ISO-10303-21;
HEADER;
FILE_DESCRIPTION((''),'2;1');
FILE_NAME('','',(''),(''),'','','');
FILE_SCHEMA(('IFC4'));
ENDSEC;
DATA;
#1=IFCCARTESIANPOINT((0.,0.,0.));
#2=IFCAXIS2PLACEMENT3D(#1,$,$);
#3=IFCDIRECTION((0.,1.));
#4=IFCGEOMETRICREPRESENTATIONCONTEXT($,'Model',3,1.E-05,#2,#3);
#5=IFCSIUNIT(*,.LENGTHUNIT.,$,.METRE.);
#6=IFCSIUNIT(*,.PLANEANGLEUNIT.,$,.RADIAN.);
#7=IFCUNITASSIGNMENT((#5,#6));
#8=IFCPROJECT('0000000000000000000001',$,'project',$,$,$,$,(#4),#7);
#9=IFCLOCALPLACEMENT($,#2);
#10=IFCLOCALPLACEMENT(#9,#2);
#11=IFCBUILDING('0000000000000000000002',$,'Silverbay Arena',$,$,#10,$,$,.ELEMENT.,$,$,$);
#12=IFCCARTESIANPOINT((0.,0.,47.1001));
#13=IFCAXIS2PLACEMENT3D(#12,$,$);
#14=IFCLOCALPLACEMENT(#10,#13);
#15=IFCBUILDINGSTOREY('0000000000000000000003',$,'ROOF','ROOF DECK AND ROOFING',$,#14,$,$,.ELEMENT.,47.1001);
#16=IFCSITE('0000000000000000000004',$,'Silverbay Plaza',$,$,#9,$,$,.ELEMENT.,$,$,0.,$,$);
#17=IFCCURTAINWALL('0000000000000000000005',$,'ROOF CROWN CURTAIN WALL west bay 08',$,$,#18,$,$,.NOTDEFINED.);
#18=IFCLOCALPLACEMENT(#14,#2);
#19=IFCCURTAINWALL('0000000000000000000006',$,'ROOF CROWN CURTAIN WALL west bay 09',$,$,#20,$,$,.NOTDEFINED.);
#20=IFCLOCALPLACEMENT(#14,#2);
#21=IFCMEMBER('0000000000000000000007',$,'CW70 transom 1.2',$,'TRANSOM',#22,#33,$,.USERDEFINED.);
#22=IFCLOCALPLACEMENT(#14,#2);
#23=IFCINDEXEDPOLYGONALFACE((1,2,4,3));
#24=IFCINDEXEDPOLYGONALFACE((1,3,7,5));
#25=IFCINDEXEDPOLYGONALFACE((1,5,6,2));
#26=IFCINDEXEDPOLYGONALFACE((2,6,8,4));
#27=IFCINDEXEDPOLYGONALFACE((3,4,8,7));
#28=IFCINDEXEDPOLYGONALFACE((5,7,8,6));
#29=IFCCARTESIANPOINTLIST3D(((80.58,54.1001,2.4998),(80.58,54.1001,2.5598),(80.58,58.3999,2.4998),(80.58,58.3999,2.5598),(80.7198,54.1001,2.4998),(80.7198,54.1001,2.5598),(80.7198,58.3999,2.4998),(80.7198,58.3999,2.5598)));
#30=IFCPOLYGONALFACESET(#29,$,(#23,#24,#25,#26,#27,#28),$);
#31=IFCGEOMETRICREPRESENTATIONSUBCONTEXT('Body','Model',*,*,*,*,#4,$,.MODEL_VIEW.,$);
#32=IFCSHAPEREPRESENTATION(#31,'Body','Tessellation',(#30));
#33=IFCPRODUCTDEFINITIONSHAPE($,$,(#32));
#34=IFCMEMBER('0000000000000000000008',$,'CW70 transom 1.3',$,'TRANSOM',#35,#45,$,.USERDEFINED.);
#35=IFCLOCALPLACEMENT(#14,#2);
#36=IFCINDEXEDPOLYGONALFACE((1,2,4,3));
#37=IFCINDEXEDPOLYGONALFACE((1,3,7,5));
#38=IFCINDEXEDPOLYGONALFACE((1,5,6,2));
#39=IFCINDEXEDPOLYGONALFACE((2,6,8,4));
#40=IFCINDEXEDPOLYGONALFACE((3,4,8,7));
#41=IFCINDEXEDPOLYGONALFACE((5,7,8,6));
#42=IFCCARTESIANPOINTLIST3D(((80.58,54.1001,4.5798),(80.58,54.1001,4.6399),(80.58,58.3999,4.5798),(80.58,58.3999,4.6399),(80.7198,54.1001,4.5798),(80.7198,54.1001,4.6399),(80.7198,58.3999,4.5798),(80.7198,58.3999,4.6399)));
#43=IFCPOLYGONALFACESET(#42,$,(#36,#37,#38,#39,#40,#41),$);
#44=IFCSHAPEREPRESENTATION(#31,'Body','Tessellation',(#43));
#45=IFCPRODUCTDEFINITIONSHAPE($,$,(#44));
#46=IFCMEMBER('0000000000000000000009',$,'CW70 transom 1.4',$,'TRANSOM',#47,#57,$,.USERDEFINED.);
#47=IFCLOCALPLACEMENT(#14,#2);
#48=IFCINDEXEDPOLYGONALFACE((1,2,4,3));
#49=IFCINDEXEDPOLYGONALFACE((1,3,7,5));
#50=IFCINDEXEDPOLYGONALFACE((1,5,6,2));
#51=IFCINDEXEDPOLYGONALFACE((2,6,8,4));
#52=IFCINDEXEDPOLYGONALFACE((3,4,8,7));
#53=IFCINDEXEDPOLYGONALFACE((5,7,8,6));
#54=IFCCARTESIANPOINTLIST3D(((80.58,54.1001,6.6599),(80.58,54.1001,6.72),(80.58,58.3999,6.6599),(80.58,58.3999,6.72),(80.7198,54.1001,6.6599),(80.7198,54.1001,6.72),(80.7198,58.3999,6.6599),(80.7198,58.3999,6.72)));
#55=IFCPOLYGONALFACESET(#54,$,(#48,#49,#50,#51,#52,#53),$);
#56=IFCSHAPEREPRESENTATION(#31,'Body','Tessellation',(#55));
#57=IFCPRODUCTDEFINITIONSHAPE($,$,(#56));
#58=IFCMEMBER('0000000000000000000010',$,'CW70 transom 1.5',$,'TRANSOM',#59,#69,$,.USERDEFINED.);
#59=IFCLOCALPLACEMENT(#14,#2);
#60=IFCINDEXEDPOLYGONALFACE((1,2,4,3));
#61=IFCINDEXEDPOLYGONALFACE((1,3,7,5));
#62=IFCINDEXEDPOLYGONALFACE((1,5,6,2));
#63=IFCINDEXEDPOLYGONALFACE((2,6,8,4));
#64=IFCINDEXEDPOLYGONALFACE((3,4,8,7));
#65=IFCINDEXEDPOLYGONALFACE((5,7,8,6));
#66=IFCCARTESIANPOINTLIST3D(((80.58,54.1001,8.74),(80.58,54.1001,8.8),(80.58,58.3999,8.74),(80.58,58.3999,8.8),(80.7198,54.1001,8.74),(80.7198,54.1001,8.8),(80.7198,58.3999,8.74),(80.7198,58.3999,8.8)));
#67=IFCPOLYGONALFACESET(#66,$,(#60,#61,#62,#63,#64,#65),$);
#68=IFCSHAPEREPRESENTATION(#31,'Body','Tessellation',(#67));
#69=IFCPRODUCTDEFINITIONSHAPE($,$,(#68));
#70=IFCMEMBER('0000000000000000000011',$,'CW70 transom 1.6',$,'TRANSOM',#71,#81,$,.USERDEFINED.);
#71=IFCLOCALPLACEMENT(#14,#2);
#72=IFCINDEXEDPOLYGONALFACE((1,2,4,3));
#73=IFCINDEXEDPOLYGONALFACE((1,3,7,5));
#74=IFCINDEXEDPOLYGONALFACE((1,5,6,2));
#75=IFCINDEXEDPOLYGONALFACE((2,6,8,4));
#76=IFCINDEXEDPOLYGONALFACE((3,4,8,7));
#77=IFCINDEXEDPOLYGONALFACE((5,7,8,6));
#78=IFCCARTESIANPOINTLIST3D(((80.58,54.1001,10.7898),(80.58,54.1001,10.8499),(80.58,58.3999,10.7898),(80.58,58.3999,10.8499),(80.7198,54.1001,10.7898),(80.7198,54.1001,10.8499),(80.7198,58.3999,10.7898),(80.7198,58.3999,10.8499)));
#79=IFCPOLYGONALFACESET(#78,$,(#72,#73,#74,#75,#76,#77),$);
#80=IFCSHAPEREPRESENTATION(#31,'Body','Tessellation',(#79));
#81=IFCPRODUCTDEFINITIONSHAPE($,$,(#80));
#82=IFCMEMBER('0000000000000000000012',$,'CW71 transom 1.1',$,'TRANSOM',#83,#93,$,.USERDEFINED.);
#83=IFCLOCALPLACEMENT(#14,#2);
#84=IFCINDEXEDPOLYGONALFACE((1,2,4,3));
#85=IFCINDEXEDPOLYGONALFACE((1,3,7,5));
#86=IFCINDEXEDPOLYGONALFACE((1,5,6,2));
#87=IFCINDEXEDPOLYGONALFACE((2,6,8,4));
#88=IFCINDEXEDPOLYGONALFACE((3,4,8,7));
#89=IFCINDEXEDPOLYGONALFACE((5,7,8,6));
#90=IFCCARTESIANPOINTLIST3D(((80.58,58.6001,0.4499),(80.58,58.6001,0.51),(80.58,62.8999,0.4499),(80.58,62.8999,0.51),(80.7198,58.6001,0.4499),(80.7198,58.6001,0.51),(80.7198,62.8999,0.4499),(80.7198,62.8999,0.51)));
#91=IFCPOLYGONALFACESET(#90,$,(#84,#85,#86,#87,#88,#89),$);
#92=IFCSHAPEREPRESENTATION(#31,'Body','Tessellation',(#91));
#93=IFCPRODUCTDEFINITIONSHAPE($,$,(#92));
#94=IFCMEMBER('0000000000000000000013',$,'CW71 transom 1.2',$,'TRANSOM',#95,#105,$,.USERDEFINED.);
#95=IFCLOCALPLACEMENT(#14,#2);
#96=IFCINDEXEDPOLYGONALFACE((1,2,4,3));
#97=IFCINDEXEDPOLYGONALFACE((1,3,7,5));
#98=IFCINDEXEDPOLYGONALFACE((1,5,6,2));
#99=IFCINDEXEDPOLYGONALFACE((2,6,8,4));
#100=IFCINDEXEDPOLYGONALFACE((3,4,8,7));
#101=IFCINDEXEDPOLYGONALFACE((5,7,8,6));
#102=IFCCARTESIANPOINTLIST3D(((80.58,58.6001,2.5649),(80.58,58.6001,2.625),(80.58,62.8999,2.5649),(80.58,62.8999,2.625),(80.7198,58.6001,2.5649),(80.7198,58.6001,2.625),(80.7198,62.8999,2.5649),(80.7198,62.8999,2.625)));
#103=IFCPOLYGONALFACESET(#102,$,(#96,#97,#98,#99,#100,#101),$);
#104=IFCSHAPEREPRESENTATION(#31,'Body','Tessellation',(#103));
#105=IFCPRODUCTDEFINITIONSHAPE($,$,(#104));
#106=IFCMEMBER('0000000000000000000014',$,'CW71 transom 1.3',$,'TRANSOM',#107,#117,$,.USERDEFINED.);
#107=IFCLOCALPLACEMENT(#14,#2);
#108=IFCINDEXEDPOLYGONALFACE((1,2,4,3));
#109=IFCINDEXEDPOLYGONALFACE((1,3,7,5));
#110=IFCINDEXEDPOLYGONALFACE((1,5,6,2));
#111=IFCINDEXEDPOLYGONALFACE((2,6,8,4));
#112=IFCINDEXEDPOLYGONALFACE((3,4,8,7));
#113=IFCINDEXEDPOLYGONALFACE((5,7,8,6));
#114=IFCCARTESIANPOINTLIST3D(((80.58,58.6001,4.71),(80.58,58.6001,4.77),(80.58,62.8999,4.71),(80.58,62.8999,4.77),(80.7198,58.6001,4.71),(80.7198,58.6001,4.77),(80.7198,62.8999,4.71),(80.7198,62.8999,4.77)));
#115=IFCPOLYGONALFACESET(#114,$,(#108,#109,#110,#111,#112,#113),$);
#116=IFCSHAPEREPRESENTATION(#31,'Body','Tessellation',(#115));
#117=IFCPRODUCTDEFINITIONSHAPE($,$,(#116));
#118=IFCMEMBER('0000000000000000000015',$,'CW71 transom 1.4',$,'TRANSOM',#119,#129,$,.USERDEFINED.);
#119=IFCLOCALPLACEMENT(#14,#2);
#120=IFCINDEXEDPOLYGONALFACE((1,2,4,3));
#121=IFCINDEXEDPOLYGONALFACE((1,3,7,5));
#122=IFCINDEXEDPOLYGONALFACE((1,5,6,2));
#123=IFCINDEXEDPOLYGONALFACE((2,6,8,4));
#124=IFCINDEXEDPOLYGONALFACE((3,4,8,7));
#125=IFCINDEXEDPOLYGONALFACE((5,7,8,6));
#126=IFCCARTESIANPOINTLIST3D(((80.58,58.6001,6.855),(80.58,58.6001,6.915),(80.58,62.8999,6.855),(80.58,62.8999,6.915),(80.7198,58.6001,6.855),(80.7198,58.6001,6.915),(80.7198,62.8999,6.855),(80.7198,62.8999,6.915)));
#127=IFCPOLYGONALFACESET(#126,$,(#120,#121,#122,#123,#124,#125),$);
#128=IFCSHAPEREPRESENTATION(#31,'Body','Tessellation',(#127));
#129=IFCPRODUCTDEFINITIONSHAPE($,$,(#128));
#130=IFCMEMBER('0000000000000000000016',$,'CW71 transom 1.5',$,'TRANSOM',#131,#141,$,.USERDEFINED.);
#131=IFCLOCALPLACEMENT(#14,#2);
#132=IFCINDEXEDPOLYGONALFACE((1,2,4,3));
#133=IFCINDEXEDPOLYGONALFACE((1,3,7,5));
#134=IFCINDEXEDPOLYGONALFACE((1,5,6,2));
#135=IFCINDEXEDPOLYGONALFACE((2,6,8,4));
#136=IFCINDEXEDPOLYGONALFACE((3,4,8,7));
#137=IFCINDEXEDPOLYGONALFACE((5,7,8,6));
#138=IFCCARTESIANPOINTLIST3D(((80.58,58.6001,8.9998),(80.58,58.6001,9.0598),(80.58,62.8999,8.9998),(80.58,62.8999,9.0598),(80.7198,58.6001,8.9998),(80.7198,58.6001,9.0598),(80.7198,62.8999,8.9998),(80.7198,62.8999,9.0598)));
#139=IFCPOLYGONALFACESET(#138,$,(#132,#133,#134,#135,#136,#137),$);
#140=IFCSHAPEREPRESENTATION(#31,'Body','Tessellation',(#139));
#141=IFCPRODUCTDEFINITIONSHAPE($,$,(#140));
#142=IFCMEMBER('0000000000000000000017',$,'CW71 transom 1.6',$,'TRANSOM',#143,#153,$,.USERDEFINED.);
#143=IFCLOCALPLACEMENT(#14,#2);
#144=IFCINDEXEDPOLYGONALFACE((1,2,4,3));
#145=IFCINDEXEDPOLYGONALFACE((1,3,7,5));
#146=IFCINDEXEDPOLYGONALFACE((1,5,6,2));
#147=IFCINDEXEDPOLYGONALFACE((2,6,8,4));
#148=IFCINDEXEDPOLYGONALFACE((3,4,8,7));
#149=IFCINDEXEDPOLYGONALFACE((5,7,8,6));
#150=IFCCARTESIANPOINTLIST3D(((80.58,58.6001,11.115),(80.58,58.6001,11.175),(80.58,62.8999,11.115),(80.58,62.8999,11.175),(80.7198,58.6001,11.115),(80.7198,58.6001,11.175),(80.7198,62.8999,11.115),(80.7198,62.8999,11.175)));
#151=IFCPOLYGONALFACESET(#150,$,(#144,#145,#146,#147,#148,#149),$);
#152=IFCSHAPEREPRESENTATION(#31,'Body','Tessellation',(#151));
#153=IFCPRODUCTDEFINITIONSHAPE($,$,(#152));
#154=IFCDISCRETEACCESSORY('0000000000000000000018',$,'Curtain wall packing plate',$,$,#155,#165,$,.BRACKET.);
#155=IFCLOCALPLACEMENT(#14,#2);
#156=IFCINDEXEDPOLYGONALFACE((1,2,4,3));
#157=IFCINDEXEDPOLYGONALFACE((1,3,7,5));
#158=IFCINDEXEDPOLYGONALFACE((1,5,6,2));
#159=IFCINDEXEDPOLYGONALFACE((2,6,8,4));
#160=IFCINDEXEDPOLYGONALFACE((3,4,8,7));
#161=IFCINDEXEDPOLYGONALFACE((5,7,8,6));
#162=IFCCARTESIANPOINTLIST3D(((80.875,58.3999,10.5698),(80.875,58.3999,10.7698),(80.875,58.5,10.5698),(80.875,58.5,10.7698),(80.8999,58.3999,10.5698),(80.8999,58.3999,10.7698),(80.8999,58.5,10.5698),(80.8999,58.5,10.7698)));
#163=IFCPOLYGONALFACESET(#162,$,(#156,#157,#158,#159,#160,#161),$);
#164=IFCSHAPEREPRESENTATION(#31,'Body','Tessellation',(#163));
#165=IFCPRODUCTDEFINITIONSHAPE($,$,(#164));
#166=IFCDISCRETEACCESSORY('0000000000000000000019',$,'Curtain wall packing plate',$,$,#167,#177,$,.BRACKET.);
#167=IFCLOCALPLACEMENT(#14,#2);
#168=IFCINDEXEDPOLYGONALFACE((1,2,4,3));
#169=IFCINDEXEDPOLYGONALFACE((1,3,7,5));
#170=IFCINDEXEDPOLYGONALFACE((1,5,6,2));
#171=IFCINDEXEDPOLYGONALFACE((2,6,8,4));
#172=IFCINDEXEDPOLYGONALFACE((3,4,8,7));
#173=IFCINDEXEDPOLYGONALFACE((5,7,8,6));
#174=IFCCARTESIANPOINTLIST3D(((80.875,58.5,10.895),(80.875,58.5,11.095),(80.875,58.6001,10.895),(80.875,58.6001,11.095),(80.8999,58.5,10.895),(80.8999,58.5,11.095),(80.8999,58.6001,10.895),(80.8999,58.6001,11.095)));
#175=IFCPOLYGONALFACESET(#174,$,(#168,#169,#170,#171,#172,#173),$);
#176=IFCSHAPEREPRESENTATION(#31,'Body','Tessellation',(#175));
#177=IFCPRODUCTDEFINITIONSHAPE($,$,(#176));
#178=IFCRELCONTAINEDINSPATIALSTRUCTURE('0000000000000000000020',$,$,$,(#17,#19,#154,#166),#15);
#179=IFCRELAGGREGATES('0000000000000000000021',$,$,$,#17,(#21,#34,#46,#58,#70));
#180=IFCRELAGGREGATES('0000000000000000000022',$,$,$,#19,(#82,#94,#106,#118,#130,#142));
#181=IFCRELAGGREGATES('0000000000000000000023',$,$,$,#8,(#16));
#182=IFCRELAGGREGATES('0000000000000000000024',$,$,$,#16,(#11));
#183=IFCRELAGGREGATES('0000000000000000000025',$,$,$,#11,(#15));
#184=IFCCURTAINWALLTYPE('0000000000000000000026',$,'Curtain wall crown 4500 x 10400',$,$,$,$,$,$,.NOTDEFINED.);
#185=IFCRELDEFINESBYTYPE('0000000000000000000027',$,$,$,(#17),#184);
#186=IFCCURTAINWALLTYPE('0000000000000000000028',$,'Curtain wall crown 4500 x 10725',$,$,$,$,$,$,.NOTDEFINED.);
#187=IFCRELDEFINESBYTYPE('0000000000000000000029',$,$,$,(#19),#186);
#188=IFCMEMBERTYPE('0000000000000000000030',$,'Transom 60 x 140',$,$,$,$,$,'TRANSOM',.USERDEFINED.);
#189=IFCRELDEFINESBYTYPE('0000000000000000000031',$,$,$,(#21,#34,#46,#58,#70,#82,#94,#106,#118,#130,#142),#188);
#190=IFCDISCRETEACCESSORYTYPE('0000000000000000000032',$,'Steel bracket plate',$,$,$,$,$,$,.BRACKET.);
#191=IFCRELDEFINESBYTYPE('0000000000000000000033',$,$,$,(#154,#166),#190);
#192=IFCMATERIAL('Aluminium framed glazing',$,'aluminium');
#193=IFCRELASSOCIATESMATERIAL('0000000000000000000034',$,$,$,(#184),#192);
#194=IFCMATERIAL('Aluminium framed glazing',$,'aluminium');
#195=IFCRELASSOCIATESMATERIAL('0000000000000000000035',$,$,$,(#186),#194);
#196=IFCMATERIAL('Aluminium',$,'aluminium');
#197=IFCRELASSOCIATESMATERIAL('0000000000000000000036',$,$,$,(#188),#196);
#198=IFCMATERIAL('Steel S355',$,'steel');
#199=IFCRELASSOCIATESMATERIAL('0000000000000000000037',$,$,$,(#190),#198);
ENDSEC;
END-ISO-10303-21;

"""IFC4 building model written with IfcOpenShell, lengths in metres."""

from ifc_helpers import new_model, si_unit, direction, frame, origin, origin_2d, place, context, subcontext, project, spatial, rectangle, extrude, material, material_profile, profile_set, type_object, element, aggregate, save


model = new_model("IFC4")

# Units and contexts
model_context = context("Model", 3, precision=1e-05, world=origin(), true_north=direction((0.0, 1.0)))
body_context = subcontext(model_context, "Body", "Model", "MODEL_VIEW")
ifc_project = project(units=[si_unit("LENGTHUNIT", "METRE"), si_unit("PLANEANGLEUNIT", "RADIAN")], contexts=[model_context])

# Site, building, storey
site_placement = place(None, origin())
site = spatial("IfcSite", under=ifc_project, at=site_placement, Name="Silverbay Plaza", CompositionType="ELEMENT", RefElevation=0.0)
building_placement = place(site_placement, origin())
building = spatial("IfcBuilding", under=site, at=building_placement, Name="Silverbay Arena", CompositionType="ELEMENT")
storey_placement = place(building_placement, frame((0.0, 0.0, 47.1001)))
storey = spatial("IfcBuildingStorey", under=building, at=storey_placement, Name="ROOF", Description="ROOF DECK AND ROOFING", CompositionType="ELEMENT", Elevation=47.1001)

# Shared definitions
placement = place(building_placement, frame((0.0, 0.0, 33.5)))

# Curtain wall
ifc_material_1 = material(Name="Aluminium framed glazing", Category="aluminium")
curtain_wall_type_1 = type_object("IfcCurtainWallType", Name="Curtain wall crown 4500 x 10400", PredefinedType="NOTDEFINED", material=ifc_material_1)
curtain_wall_1_placement = place(storey_placement, origin())
curtain_wall_1 = element("IfcCurtainWall", 1, at=curtain_wall_1_placement, inside=storey, type_object=curtain_wall_type_1, Name="ROOF CROWN CURTAIN WALL west bay 08", PredefinedType="NOTDEFINED")

# Curtain wall
ifc_material_2 = material(Name="Aluminium framed glazing", Category="aluminium")
curtain_wall_type_2 = type_object("IfcCurtainWallType", Name="Curtain wall crown 4500 x 10725", PredefinedType="NOTDEFINED", material=ifc_material_2)
curtain_wall_2_placement = place(storey_placement, origin())
curtain_wall_2 = element("IfcCurtainWall", 2, at=curtain_wall_2_placement, inside=storey, type_object=curtain_wall_type_2, Name="ROOF CROWN CURTAIN WALL west bay 09", PredefinedType="NOTDEFINED")

# Members
ifc_material_3 = material(Name="Aluminium", Category="aluminium")
ifc_material_profile_1 = material_profile(ifc_material_3, rectangle(XDim=0.1399, YDim=0.0601, at=origin_2d()), Name="Transom 60 x 140")
ifc_profile_set_1 = profile_set([ifc_material_profile_1], Name="Aluminium")
member_type_1 = type_object("IfcMemberType", Name="Transom 60 x 140", ElementType="TRANSOM", PredefinedType="USERDEFINED", material=ifc_profile_set_1)
member_1_placement = place(placement, frame((80.6499, 54.1001, 16.1299), z_axis=(0.0, 1.0, 0.0), x_axis=(-1.0, 0.0, 0.0)))
member_1 = element("IfcMember", 3, at=member_1_placement, type_object=member_type_1, Name="CW70 transom 1.2", ObjectType="TRANSOM", PredefinedType="USERDEFINED", context=body_context, shape_type="SweptSolid", body=[
    extrude(rectangle(XDim=0.1399, YDim=0.0601, at=origin_2d()), origin(), (0.0, 0.0, 1.0), 4.2998),
])
member_2_placement = place(placement, frame((80.6499, 54.1001, 18.21), z_axis=(0.0, 1.0, 0.0), x_axis=(-1.0, 0.0, 0.0)))
member_2 = element("IfcMember", 4, at=member_2_placement, type_object=member_type_1, Name="CW70 transom 1.3", ObjectType="TRANSOM", PredefinedType="USERDEFINED", context=body_context, shape_type="SweptSolid", body=[
    extrude(rectangle(XDim=0.1399, YDim=0.0601, at=origin_2d()), origin(), (0.0, 0.0, 1.0), 4.2998),
])
member_3_placement = place(placement, frame((80.6499, 54.1001, 20.29), z_axis=(0.0, 1.0, 0.0), x_axis=(-1.0, 0.0, 0.0)))
member_3 = element("IfcMember", 5, at=member_3_placement, type_object=member_type_1, Name="CW70 transom 1.4", ObjectType="TRANSOM", PredefinedType="USERDEFINED", context=body_context, shape_type="SweptSolid", body=[
    extrude(rectangle(XDim=0.1399, YDim=0.0601, at=origin_2d()), origin(), (0.0, 0.0, 1.0), 4.2998),
])
member_4_placement = place(placement, frame((80.6499, 54.1001, 22.3701), z_axis=(0.0, 1.0, 0.0), x_axis=(-1.0, 0.0, 0.0)))
member_4 = element("IfcMember", 6, at=member_4_placement, type_object=member_type_1, Name="CW70 transom 1.5", ObjectType="TRANSOM", PredefinedType="USERDEFINED", context=body_context, shape_type="SweptSolid", body=[
    extrude(rectangle(XDim=0.1399, YDim=0.0601, at=origin_2d()), origin(), (0.0, 0.0, 1.0), 4.2998),
])
member_5_placement = place(placement, frame((80.6499, 54.1001, 24.4199), z_axis=(0.0, 1.0, 0.0), x_axis=(-1.0, 0.0, 0.0)))
member_5 = element("IfcMember", 7, at=member_5_placement, type_object=member_type_1, Name="CW70 transom 1.6", ObjectType="TRANSOM", PredefinedType="USERDEFINED", context=body_context, shape_type="SweptSolid", body=[
    extrude(rectangle(XDim=0.1399, YDim=0.0601, at=origin_2d()), origin(), (0.0, 0.0, 1.0), 4.2998),
])
member_6_placement = place(placement, frame((80.6499, 58.6001, 14.0801), z_axis=(0.0, 1.0, 0.0), x_axis=(-1.0, 0.0, 0.0)))
member_6 = element("IfcMember", 8, at=member_6_placement, type_object=member_type_1, Name="CW71 transom 1.1", ObjectType="TRANSOM", PredefinedType="USERDEFINED", context=body_context, shape_type="SweptSolid", body=[
    extrude(rectangle(XDim=0.1399, YDim=0.0601, at=origin_2d()), origin(), (0.0, 0.0, 1.0), 4.2998),
])
member_7_placement = place(placement, frame((80.6499, 58.6001, 16.1951), z_axis=(0.0, 1.0, 0.0), x_axis=(-1.0, 0.0, 0.0)))
member_7 = element("IfcMember", 9, at=member_7_placement, type_object=member_type_1, Name="CW71 transom 1.2", ObjectType="TRANSOM", PredefinedType="USERDEFINED", context=body_context, shape_type="SweptSolid", body=[
    extrude(rectangle(XDim=0.1399, YDim=0.0601, at=origin_2d()), origin(), (0.0, 0.0, 1.0), 4.2998),
])
member_8_placement = place(placement, frame((80.6499, 58.6001, 18.3401), z_axis=(0.0, 1.0, 0.0), x_axis=(-1.0, 0.0, 0.0)))
member_8 = element("IfcMember", 10, at=member_8_placement, type_object=member_type_1, Name="CW71 transom 1.3", ObjectType="TRANSOM", PredefinedType="USERDEFINED", context=body_context, shape_type="SweptSolid", body=[
    extrude(rectangle(XDim=0.1399, YDim=0.0601, at=origin_2d()), origin(), (0.0, 0.0, 1.0), 4.2998),
])
member_9_placement = place(placement, frame((80.6499, 58.6001, 20.4851), z_axis=(0.0, 1.0, 0.0), x_axis=(-1.0, 0.0, 0.0)))
member_9 = element("IfcMember", 11, at=member_9_placement, type_object=member_type_1, Name="CW71 transom 1.4", ObjectType="TRANSOM", PredefinedType="USERDEFINED", context=body_context, shape_type="SweptSolid", body=[
    extrude(rectangle(XDim=0.1399, YDim=0.0601, at=origin_2d()), origin(), (0.0, 0.0, 1.0), 4.2998),
])
member_10_placement = place(placement, frame((80.6499, 58.6001, 22.6299), z_axis=(0.0, 1.0, 0.0), x_axis=(-1.0, 0.0, 0.0)))
member_10 = element("IfcMember", 12, at=member_10_placement, type_object=member_type_1, Name="CW71 transom 1.5", ObjectType="TRANSOM", PredefinedType="USERDEFINED", context=body_context, shape_type="SweptSolid", body=[
    extrude(rectangle(XDim=0.1399, YDim=0.0601, at=origin_2d()), origin(), (0.0, 0.0, 1.0), 4.2998),
])
member_11_placement = place(placement, frame((80.6499, 58.6001, 24.7451), z_axis=(0.0, 1.0, 0.0), x_axis=(-1.0, 0.0, 0.0)))
member_11 = element("IfcMember", 13, at=member_11_placement, type_object=member_type_1, Name="CW71 transom 1.6", ObjectType="TRANSOM", PredefinedType="USERDEFINED", context=body_context, shape_type="SweptSolid", body=[
    extrude(rectangle(XDim=0.1399, YDim=0.0601, at=origin_2d()), origin(), (0.0, 0.0, 1.0), 4.2998),
])

aggregate(curtain_wall_1, [member_1, member_2, member_3, member_4, member_5])
aggregate(curtain_wall_2, [member_6, member_7, member_8, member_9, member_10, member_11])

# Discrete accessories
ifc_material_4 = material(Name="Steel S355", Category="steel")
discrete_accessory_type = type_object("IfcDiscreteAccessoryType", Name="Steel bracket plate", PredefinedType="BRACKET", material=ifc_material_4)
for number, where, z_axis, x_axis, name in (
    (14, (80.8875, 58.45, 10.5698), (0.0, 0.0, 1.0), (1.0, 0.0, 0.0), "Curtain wall packing plate"),
    (15, (80.8875, 58.55, 10.895), (0.0, 0.0, 1.0), (1.0, 0.0, 0.0), "Curtain wall packing plate"),
):
    element("IfcDiscreteAccessory", number, at=place(storey_placement, frame(where, z_axis=z_axis, x_axis=x_axis)), inside=storey, type_object=discrete_accessory_type, Name=name, PredefinedType="BRACKET", context=body_context, shape_type="SweptSolid", body=[
        extrude(rectangle(XDim=0.0249, YDim=0.1001, at=origin_2d()), origin(), (0.0, 0.0, 1.0), 0.2),
    ])

save(model, "model.ifc")
